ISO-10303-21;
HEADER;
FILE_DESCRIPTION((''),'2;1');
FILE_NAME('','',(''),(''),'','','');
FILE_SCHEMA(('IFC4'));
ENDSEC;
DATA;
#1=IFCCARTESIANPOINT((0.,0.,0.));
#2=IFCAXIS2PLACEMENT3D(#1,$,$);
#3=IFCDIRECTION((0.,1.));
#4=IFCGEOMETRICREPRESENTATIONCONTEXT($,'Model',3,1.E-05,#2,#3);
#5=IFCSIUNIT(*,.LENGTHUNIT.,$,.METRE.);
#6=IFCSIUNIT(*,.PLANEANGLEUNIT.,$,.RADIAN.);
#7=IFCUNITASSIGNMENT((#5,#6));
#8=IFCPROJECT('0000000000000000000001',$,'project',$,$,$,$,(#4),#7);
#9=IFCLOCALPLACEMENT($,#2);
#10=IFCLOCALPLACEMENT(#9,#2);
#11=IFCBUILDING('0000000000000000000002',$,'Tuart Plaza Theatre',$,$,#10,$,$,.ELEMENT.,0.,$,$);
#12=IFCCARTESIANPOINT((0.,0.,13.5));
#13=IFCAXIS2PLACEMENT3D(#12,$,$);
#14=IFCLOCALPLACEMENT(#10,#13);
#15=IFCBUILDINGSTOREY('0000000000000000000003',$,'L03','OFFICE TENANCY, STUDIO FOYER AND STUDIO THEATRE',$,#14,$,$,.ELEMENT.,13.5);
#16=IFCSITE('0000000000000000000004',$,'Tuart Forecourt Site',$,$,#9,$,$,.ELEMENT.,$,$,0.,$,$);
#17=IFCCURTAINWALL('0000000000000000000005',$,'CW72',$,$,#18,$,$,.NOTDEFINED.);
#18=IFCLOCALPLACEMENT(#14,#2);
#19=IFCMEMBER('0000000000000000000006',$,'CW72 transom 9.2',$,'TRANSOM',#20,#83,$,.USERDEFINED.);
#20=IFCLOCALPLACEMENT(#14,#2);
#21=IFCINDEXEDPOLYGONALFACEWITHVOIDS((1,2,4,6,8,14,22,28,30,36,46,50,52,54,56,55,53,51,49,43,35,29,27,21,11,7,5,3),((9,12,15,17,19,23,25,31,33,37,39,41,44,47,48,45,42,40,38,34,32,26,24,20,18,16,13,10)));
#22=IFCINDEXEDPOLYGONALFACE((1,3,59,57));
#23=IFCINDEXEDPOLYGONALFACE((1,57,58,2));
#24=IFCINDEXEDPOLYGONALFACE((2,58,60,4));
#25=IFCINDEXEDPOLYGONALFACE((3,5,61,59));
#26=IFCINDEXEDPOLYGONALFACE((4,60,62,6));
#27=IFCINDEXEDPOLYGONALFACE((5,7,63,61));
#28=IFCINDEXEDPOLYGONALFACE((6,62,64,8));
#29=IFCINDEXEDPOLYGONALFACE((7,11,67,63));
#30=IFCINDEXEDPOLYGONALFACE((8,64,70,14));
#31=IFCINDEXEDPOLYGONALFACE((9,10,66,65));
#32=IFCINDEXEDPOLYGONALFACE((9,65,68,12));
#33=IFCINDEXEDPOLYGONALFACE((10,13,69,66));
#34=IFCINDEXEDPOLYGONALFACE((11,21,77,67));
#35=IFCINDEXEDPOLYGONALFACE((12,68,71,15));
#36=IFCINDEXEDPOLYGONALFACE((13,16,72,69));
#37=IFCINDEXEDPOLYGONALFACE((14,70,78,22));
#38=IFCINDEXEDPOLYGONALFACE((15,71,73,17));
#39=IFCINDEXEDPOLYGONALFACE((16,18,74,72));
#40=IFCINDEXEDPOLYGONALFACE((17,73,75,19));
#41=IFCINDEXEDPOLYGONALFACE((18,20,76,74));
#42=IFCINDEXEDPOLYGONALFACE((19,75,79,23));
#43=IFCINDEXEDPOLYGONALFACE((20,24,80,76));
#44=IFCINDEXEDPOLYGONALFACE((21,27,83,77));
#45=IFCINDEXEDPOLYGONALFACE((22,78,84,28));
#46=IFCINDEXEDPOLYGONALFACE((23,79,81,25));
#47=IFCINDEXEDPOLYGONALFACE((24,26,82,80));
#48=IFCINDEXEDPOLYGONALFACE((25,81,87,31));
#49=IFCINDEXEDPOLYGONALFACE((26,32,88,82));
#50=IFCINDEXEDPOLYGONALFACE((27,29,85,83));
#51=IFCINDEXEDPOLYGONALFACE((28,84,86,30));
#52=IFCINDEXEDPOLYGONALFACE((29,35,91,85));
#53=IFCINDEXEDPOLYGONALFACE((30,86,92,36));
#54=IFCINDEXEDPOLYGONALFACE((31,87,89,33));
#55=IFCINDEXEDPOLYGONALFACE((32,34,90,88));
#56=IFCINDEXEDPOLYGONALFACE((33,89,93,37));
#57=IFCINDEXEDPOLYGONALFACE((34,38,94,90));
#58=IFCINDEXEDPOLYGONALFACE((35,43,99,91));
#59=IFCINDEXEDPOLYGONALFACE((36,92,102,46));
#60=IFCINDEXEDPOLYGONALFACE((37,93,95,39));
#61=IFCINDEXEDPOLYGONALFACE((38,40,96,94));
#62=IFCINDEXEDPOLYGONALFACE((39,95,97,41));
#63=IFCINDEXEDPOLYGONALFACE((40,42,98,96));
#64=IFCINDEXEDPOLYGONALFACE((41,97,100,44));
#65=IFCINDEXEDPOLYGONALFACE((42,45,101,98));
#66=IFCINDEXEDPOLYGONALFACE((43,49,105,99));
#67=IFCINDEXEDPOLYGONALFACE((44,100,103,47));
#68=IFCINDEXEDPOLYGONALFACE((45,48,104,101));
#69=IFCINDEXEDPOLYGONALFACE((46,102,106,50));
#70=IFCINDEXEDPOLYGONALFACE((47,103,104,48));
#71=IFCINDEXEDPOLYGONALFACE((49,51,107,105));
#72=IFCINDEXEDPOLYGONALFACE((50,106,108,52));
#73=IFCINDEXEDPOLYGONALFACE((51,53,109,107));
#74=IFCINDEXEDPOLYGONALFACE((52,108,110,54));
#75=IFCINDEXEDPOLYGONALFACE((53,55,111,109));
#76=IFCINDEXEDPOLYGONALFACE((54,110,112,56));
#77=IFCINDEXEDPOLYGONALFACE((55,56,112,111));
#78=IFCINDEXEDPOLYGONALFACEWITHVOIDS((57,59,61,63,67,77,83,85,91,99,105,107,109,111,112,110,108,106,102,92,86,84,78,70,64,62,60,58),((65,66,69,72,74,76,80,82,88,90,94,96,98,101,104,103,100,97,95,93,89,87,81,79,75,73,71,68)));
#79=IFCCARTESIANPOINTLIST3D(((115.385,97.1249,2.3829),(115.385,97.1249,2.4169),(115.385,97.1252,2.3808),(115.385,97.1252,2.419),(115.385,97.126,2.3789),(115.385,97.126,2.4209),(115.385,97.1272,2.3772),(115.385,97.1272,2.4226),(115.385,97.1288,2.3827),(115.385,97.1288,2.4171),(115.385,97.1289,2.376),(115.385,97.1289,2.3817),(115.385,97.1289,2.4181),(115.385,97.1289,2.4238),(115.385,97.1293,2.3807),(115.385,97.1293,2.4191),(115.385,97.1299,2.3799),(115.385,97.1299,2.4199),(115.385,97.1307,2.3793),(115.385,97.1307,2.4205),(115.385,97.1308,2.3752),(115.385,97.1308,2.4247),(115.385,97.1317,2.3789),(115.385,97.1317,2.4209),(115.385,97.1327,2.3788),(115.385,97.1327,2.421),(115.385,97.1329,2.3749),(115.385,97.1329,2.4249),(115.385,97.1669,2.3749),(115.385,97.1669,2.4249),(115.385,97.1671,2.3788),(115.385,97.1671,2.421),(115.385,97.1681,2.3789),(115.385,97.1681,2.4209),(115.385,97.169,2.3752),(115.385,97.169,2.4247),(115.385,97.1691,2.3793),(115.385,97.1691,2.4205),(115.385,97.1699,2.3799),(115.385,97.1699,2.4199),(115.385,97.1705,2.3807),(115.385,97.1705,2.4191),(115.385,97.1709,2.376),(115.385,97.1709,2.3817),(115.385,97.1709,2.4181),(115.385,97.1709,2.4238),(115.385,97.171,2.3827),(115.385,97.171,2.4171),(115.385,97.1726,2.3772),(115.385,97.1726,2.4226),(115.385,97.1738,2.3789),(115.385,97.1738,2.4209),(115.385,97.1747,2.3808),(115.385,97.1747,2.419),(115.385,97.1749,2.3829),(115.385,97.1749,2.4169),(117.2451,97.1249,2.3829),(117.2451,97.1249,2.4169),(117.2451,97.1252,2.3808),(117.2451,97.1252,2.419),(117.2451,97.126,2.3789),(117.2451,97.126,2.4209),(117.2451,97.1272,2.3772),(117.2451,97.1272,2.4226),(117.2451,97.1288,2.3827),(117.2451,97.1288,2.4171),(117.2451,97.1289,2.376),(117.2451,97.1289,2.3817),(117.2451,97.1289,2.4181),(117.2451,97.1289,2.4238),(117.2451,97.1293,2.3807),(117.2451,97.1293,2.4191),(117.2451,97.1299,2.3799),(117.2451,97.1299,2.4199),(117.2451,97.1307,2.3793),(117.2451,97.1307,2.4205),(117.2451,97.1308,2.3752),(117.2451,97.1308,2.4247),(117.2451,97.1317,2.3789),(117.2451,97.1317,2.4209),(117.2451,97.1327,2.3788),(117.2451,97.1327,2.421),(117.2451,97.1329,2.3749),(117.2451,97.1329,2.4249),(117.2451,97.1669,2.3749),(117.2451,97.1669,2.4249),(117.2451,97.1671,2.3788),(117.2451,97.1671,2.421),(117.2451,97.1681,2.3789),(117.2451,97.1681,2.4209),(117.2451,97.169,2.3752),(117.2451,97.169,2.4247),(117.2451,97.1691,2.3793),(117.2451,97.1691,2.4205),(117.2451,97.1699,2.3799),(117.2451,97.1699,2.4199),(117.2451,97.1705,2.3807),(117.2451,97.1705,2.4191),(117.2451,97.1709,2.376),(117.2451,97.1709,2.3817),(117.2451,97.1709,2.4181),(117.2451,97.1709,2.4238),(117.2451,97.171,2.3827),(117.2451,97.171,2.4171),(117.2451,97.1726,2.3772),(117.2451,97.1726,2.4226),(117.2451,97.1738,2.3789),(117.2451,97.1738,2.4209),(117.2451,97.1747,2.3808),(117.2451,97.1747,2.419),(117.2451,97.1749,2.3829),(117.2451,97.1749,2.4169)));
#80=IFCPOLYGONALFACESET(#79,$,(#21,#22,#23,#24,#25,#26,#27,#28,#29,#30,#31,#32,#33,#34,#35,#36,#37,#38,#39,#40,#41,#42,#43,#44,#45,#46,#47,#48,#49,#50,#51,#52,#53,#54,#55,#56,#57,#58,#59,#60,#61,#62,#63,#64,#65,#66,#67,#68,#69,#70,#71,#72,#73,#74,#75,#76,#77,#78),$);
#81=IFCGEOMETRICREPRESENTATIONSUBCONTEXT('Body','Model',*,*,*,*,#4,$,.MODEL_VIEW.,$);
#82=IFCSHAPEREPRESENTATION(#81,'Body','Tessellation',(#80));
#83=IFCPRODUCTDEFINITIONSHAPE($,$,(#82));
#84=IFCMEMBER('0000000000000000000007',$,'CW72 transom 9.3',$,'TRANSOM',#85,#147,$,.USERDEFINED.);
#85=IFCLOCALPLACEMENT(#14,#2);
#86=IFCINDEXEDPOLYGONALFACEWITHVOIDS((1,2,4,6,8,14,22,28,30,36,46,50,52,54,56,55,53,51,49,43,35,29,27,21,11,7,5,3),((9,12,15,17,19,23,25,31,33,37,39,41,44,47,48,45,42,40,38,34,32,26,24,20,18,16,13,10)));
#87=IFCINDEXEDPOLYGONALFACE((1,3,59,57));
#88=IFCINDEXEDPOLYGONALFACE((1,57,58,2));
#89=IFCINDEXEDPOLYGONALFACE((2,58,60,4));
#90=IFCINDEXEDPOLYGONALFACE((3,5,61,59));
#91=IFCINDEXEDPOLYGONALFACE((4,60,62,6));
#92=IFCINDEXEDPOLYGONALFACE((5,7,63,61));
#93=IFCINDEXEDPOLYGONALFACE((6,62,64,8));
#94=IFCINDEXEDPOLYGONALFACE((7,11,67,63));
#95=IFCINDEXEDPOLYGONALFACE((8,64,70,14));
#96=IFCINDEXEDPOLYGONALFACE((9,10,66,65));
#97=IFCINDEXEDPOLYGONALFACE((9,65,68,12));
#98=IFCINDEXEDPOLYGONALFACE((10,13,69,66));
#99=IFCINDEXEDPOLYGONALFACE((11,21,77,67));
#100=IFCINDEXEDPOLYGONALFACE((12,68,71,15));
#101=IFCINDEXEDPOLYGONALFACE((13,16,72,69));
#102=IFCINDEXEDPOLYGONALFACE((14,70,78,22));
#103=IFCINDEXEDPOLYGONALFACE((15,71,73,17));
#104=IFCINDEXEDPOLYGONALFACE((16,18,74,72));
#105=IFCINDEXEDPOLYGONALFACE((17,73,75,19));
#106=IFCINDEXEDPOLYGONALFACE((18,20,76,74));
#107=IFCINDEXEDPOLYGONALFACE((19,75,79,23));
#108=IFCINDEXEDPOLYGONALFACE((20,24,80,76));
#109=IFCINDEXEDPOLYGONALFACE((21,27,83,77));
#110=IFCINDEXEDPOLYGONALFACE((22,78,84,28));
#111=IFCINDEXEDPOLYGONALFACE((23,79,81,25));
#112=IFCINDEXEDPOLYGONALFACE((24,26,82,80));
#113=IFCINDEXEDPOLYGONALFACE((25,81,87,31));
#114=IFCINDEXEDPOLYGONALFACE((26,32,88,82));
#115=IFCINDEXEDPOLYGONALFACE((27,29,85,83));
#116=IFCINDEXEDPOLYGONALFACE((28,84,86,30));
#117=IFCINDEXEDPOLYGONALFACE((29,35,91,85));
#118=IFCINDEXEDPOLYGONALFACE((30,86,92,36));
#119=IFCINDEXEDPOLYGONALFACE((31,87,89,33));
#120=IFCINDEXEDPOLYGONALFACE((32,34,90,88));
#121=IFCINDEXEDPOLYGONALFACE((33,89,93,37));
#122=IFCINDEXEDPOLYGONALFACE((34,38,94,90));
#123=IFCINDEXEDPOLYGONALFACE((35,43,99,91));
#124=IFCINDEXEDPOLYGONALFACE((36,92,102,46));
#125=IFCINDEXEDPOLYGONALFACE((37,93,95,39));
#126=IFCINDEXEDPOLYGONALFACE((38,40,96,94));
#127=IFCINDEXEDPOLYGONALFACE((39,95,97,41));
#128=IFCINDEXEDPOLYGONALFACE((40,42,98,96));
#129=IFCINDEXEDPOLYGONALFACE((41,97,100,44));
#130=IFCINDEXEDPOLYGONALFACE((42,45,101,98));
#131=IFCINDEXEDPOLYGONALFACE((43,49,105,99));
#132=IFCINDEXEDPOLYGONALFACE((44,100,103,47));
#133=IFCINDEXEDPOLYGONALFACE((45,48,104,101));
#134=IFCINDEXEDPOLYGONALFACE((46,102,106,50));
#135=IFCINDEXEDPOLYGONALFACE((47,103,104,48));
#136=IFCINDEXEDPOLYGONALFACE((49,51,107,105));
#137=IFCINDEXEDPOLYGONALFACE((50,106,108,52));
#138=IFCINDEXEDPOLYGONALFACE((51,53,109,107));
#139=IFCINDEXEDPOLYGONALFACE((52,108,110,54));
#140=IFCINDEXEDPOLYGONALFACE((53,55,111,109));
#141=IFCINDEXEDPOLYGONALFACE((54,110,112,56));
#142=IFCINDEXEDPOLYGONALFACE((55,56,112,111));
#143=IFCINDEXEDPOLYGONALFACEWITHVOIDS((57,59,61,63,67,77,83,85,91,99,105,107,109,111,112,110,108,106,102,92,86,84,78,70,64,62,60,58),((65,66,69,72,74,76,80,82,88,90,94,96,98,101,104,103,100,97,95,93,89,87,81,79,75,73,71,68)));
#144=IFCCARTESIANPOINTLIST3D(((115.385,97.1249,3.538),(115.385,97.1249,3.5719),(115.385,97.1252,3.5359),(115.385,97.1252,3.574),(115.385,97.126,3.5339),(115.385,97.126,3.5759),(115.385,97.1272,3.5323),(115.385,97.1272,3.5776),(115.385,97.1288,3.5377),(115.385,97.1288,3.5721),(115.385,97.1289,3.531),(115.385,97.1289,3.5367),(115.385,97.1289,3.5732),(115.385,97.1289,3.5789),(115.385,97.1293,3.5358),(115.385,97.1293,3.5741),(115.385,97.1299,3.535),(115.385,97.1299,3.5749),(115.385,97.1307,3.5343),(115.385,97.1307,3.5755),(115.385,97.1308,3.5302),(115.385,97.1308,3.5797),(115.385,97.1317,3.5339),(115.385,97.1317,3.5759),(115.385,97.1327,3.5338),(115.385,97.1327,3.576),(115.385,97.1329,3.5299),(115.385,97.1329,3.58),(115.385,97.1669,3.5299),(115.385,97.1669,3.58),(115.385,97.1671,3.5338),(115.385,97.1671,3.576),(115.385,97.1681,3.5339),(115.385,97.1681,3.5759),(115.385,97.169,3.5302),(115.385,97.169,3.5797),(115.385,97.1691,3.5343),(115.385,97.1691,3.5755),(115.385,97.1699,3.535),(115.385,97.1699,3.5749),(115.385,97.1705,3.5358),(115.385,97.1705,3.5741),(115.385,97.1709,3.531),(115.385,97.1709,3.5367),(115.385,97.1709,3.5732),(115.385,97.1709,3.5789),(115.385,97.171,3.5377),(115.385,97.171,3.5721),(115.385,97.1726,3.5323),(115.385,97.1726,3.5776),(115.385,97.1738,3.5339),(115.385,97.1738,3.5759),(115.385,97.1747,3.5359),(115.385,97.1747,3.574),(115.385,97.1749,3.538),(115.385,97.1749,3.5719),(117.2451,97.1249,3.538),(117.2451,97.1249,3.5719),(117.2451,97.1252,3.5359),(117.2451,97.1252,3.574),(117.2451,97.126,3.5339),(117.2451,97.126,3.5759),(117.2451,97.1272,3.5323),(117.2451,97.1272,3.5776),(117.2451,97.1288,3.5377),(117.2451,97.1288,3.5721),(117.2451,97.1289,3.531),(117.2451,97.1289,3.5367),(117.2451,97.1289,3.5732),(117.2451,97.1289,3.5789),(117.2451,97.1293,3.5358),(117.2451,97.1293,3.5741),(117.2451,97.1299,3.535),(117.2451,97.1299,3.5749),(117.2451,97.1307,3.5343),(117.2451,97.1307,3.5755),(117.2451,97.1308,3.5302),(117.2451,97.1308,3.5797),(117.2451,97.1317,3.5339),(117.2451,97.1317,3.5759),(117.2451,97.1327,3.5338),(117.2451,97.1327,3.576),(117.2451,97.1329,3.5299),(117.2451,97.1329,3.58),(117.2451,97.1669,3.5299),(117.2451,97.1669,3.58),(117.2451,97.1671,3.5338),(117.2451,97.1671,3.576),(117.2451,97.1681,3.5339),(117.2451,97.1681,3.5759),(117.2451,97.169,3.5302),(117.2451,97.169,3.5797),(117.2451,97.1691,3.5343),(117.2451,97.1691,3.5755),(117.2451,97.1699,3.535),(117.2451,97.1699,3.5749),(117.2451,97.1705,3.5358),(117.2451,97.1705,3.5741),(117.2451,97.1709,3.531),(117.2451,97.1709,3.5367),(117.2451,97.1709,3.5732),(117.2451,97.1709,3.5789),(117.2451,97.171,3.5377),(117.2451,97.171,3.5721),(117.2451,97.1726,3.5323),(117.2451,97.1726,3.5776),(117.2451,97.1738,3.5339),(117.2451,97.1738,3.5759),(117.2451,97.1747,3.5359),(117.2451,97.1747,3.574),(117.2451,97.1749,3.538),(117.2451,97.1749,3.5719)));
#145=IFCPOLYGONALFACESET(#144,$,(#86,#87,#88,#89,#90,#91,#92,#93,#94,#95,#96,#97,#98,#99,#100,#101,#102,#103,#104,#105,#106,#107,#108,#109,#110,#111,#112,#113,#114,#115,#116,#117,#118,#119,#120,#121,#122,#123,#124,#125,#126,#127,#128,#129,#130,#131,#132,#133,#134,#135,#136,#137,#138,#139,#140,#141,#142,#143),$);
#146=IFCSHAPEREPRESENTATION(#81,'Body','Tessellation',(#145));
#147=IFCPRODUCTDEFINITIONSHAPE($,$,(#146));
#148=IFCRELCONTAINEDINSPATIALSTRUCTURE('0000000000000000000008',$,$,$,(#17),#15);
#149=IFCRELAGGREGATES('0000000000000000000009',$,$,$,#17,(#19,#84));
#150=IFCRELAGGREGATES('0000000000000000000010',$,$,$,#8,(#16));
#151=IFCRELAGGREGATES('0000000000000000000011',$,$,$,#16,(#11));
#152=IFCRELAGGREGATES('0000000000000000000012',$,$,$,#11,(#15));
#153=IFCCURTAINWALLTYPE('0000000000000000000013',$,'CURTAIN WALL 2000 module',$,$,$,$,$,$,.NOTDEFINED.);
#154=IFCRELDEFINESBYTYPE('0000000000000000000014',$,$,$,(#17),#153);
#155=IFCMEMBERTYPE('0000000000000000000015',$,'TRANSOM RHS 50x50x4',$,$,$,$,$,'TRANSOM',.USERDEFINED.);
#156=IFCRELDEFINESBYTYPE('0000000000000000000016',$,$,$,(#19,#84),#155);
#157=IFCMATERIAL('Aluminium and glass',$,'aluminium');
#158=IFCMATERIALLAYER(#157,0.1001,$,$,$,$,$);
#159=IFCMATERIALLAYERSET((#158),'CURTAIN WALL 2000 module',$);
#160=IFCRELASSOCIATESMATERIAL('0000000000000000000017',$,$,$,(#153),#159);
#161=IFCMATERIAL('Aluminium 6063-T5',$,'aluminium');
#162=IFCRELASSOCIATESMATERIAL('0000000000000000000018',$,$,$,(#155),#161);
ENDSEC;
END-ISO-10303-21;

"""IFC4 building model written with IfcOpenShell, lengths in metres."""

from ifc_helpers import new_model, si_unit, direction, frame, origin, origin_2d, place, context, subcontext, project, spatial, hollow_rectangle, extrude, material, layer, layer_set, material_profile, profile_set, type_object, element, aggregate, save


model = new_model("IFC4")

# Units and contexts
model_context = context("Model", 3, precision=1e-05, world=origin(), true_north=direction((0.0, 1.0)))
body_context = subcontext(model_context, "Body", "Model", "MODEL_VIEW")
ifc_project = project(units=[si_unit("LENGTHUNIT", "METRE"), si_unit("PLANEANGLEUNIT", "RADIAN")], contexts=[model_context])

# Site, building, storey
site_placement = place(None, origin())
site = spatial("IfcSite", under=ifc_project, at=site_placement, Name="Tuart Forecourt Site", CompositionType="ELEMENT", RefElevation=0.0)
building_placement = place(site_placement, origin())
building = spatial("IfcBuilding", under=site, at=building_placement, Name="Tuart Plaza Theatre", CompositionType="ELEMENT", ElevationOfRefHeight=0.0)
storey_placement = place(building_placement, frame((0.0, 0.0, 13.5)))
storey = spatial("IfcBuildingStorey", under=building, at=storey_placement, Name="L03", Description="OFFICE TENANCY, STUDIO FOYER AND STUDIO THEATRE", CompositionType="ELEMENT", Elevation=13.5)

# Curtain wall, members
ifc_material_1 = material(Name="Aluminium and glass", Category="aluminium")
ifc_layer_1 = layer(ifc_material_1, 0.1001)
ifc_layer_set_1 = layer_set([ifc_layer_1], Name="CURTAIN WALL 2000 module")
curtain_wall_type = type_object("IfcCurtainWallType", Name="CURTAIN WALL 2000 module", PredefinedType="NOTDEFINED", material=ifc_layer_set_1)
curtain_wall_1_placement = place(storey_placement, origin())
curtain_wall_1 = element("IfcCurtainWall", 1, at=curtain_wall_1_placement, inside=storey, type_object=curtain_wall_type, Name="CW72", PredefinedType="NOTDEFINED")
ifc_material_2 = material(Name="Aluminium 6063-T5", Category="aluminium")
ifc_material_profile_1 = material_profile(ifc_material_2, hollow_rectangle(XDim=0.05, YDim=0.05, WallThickness=0.0039, InnerFilletRadius=0.0039, OuterFilletRadius=0.0081, at=origin_2d()), Name="RHS 50x50x4")
ifc_profile_set_1 = profile_set([ifc_material_profile_1], Name="Aluminium 6063-T5")
member_type_1 = type_object("IfcMemberType", Name="TRANSOM RHS 50x50x4", ElementType="TRANSOM", PredefinedType="USERDEFINED", material=ifc_profile_set_1)
member_1_placement = place(storey_placement, frame((117.2451, 97.1499, 2.3999), z_axis=(-1.0, 0.0, 0.0), x_axis=(0.0, -1.0, 0.0)))
member_1 = element("IfcMember", 2, at=member_1_placement, type_object=member_type_1, Name="CW72 transom 9.2", ObjectType="TRANSOM", PredefinedType="USERDEFINED", context=body_context, shape_type="SweptSolid", body=[
    extrude(hollow_rectangle(XDim=0.05, YDim=0.05, WallThickness=0.0039, InnerFilletRadius=0.0039, OuterFilletRadius=0.0081, at=origin_2d()), origin(), (0.0, 0.0, 1.0), 1.8601),
])
member_2_placement = place(storey_placement, frame((117.2451, 97.1499, 3.5549), z_axis=(-1.0, 0.0, 0.0), x_axis=(0.0, -1.0, 0.0)))
member_2 = element("IfcMember", 3, at=member_2_placement, type_object=member_type_1, Name="CW72 transom 9.3", ObjectType="TRANSOM", PredefinedType="USERDEFINED", context=body_context, shape_type="SweptSolid", body=[
    extrude(hollow_rectangle(XDim=0.05, YDim=0.05, WallThickness=0.0039, InnerFilletRadius=0.0039, OuterFilletRadius=0.0081, at=origin_2d()), origin(), (0.0, 0.0, 1.0), 1.8601),
])

aggregate(curtain_wall_1, [member_1, member_2])

save(model, "model.ifc")
